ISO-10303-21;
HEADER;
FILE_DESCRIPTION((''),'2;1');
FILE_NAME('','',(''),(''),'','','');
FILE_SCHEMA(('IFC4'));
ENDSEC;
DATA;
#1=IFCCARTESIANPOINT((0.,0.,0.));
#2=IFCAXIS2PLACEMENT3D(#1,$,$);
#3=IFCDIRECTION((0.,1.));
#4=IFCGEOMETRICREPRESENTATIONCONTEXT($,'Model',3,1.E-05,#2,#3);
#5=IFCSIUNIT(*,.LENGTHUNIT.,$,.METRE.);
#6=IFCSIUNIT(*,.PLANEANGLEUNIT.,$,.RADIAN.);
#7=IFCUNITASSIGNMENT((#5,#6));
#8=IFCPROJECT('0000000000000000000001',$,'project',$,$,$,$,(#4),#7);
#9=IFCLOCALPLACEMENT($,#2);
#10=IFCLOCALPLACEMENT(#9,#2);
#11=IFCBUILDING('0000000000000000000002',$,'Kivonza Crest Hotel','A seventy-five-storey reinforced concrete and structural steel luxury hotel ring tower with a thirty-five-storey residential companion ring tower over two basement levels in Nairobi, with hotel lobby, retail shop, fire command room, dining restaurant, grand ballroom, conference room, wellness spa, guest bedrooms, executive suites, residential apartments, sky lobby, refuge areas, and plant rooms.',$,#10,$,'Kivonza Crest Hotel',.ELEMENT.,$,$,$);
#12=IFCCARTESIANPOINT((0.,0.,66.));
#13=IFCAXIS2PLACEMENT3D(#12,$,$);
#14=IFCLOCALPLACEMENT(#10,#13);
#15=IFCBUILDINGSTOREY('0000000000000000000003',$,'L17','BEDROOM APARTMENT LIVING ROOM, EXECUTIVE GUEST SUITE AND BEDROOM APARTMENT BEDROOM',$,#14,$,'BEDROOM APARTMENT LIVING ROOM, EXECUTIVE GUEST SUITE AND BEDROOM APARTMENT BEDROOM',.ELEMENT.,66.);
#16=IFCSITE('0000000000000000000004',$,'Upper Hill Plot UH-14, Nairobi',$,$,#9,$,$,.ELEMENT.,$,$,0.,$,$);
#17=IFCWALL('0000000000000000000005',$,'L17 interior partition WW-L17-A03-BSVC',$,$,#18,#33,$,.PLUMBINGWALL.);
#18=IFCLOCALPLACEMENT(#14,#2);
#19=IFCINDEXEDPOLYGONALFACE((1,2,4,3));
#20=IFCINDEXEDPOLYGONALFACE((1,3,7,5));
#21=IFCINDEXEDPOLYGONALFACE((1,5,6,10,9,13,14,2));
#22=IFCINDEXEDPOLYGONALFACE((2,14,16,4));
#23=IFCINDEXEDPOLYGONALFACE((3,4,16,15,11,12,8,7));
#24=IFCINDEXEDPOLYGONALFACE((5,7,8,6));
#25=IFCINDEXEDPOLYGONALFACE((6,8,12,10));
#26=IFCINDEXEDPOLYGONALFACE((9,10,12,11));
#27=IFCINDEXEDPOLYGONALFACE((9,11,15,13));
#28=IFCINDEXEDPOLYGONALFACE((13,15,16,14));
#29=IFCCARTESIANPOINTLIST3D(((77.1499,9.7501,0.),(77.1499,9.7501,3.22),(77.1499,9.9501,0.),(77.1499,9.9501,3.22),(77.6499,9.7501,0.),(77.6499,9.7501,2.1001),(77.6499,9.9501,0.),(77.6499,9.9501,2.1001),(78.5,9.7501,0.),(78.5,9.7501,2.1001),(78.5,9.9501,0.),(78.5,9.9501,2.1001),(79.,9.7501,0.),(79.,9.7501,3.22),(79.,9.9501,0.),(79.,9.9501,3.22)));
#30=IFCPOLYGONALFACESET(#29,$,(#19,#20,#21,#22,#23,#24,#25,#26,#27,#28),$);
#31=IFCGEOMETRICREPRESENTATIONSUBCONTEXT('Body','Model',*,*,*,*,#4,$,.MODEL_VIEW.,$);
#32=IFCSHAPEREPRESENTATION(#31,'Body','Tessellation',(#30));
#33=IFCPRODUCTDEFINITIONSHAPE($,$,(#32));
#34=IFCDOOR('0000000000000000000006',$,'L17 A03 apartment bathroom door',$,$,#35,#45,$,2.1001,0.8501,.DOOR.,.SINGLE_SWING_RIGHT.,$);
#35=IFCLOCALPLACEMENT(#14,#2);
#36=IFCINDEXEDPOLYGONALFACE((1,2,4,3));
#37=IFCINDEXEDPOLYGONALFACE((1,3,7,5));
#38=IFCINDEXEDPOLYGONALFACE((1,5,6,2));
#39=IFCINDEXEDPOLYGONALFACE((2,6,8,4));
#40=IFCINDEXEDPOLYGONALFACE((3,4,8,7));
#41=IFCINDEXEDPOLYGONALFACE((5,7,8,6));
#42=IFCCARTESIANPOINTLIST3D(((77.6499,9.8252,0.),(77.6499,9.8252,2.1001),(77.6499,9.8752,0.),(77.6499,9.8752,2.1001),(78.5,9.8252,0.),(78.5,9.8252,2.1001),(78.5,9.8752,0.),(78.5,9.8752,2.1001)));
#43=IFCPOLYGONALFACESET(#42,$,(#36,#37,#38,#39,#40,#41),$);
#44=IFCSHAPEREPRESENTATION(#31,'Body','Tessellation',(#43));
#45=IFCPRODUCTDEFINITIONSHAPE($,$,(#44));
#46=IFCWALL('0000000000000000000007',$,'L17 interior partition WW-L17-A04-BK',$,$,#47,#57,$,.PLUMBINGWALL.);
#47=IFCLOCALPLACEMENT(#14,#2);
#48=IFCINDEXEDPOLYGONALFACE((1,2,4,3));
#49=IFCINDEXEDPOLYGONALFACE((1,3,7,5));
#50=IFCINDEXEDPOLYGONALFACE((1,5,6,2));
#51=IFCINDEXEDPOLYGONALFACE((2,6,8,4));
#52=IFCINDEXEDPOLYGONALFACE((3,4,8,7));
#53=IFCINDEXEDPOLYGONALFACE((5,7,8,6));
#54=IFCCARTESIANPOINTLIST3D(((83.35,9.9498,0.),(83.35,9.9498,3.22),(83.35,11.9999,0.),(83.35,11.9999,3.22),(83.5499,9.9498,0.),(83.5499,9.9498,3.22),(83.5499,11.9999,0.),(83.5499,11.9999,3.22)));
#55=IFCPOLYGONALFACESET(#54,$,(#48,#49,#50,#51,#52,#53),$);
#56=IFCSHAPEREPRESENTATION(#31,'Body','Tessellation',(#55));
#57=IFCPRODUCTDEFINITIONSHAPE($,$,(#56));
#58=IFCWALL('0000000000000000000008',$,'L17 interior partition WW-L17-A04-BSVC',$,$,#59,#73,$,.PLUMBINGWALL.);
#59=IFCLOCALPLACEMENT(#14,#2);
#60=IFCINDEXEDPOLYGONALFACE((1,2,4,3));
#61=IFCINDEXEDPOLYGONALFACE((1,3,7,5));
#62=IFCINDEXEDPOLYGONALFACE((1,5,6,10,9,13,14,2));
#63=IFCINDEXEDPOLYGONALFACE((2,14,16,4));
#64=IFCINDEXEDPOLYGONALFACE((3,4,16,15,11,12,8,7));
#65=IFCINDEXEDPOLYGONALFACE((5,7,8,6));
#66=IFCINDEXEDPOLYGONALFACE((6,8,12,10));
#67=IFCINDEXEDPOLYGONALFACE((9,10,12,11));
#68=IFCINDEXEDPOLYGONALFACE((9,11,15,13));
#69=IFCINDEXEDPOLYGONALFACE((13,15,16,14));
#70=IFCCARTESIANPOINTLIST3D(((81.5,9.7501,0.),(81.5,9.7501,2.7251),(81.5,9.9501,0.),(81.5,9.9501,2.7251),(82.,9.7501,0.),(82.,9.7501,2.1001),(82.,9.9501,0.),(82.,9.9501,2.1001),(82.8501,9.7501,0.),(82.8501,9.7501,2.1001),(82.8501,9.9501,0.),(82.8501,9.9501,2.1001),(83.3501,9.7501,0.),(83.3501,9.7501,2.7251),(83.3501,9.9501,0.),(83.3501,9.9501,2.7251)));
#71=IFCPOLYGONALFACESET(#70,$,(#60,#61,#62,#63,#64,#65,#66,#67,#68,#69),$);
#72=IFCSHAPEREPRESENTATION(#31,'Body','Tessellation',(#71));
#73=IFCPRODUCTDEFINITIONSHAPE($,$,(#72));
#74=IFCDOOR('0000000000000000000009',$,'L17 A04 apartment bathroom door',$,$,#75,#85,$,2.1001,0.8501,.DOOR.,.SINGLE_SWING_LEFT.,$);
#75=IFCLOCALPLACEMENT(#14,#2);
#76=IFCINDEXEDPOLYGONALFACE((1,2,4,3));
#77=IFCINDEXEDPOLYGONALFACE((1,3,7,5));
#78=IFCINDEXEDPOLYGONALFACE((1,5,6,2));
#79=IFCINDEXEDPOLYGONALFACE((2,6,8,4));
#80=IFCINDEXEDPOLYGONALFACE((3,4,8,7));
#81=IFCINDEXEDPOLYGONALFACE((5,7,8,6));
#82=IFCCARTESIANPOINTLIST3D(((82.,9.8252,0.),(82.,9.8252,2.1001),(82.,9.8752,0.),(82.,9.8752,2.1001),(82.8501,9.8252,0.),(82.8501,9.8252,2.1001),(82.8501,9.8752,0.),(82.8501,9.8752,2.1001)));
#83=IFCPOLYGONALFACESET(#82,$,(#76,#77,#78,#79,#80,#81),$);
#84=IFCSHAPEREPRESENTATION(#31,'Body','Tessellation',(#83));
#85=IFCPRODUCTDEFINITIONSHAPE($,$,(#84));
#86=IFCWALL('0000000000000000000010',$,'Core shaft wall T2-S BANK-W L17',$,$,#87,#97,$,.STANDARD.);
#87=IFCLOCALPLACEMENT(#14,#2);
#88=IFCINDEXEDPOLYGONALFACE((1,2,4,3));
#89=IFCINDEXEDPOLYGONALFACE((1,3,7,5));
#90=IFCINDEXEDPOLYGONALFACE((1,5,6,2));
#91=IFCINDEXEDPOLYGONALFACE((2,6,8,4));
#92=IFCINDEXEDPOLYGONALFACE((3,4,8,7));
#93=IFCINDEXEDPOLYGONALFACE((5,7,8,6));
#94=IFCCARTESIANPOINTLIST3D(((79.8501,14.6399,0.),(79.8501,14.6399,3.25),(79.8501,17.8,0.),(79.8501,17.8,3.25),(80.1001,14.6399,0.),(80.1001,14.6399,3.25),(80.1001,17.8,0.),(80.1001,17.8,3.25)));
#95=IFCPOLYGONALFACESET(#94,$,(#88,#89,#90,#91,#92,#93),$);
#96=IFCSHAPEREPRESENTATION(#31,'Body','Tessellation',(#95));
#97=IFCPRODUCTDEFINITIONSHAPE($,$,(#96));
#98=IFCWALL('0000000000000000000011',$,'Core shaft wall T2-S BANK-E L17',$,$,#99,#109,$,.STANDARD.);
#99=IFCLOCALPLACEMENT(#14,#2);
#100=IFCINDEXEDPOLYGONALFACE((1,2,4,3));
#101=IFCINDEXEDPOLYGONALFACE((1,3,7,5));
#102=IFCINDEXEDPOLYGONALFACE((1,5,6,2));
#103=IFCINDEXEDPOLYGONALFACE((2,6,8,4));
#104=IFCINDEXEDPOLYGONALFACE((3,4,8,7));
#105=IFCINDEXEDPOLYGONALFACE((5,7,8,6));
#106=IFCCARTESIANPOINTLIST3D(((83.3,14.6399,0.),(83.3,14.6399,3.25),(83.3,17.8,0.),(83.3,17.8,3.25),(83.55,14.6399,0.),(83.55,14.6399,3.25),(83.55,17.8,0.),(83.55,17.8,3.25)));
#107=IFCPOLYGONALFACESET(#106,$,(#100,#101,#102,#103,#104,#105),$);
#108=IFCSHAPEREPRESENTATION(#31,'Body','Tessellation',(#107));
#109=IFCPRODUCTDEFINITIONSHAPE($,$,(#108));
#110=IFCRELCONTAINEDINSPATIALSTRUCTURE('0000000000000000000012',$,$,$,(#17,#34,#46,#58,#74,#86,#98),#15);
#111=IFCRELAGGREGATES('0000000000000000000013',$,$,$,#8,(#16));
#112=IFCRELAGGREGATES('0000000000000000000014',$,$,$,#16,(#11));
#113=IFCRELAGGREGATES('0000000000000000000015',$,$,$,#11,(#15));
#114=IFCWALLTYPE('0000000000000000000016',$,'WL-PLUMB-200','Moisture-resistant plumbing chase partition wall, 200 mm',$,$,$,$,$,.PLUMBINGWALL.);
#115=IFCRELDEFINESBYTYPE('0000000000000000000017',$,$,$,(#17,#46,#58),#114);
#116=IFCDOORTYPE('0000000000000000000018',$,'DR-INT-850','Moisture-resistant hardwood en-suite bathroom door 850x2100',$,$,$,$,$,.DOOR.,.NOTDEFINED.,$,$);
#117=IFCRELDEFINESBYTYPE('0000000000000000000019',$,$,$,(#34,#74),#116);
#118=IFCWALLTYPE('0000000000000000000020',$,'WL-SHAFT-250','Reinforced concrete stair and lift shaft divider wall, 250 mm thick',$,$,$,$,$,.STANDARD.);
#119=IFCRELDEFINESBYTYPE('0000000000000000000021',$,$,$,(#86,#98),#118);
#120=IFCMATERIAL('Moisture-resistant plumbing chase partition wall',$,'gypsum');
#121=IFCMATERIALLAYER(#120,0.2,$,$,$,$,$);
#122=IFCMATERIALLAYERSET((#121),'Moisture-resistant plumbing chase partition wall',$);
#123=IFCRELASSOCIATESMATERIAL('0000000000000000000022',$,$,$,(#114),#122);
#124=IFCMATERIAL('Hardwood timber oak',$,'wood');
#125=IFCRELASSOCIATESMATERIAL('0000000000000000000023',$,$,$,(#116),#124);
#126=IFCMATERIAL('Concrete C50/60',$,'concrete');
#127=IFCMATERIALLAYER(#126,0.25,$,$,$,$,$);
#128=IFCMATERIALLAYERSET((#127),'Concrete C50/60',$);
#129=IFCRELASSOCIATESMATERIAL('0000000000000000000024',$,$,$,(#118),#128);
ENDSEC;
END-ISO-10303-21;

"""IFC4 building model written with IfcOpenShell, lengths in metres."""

from ifc_helpers import new_model, si_unit, direction, frame, frame_2d, origin, place, context, subcontext, project, spatial, rectangle, extrude, material, layer, layer_set, type_object, element, fill, save


model = new_model("IFC4")

# Units and contexts
model_context = context("Model", 3, precision=1e-05, world=origin(), true_north=direction((0.0, 1.0)))
body_context = subcontext(model_context, "Body", "Model", "MODEL_VIEW")
ifc_project = project(units=[si_unit("LENGTHUNIT", "METRE"), si_unit("PLANEANGLEUNIT", "RADIAN")], contexts=[model_context])

# Site, building, storey
site_placement = place(None, origin())
site = spatial("IfcSite", under=ifc_project, at=site_placement, Name="Upper Hill Plot UH-14, Nairobi", CompositionType="ELEMENT", RefElevation=0.0)
building_placement = place(site_placement, origin())
building = spatial("IfcBuilding", under=site, at=building_placement, Name="Kivonza Crest Hotel", Description="A seventy-five-storey reinforced concrete and structural steel luxury hotel ring tower with a thirty-five-storey residential companion ring tower over two basement levels in Nairobi, with hotel lobby, retail shop, fire command room, dining restaurant, grand ballroom, conference room, wellness spa, guest bedrooms, executive suites, residential apartments, sky lobby, refuge areas, and plant rooms.", LongName="Kivonza Crest Hotel", CompositionType="ELEMENT")
storey_placement = place(building_placement, frame((0.0, 0.0, 66.0)))
storey = spatial("IfcBuildingStorey", under=building, at=storey_placement, Name="L17", Description="BEDROOM APARTMENT LIVING ROOM, EXECUTIVE GUEST SUITE AND BEDROOM APARTMENT BEDROOM", LongName="BEDROOM APARTMENT LIVING ROOM, EXECUTIVE GUEST SUITE AND BEDROOM APARTMENT BEDROOM", CompositionType="ELEMENT", Elevation=66.0)

# Shared definitions
ifc_material_1 = material(Name="Hardwood timber oak", Category="wood")

# Shared definitions
ifc_material_2 = material(Name="Moisture-resistant plumbing chase partition wall", Category="gypsum")
ifc_layer_1 = layer(ifc_material_2, 0.2)
ifc_layer_set_1 = layer_set([ifc_layer_1], Name="Moisture-resistant plumbing chase partition wall")
wall_type_1 = type_object("IfcWallType", Name="WL-PLUMB-200", Description="Moisture-resistant plumbing chase partition wall, 200 mm", PredefinedType="PLUMBINGWALL", material=ifc_layer_set_1)

# Wall, opening, door
wall_1_placement = place(storey_placement, frame((77.1499, 9.8501, 0.0), z_axis=(0.0, 0.0, 1.0), x_axis=(1.0, 0.0, 0.0)))
wall_1 = element("IfcWall", 1, at=wall_1_placement, inside=storey, type_object=wall_type_1, Name="L17 interior partition WW-L17-A03-BSVC", PredefinedType="PLUMBINGWALL", context=body_context, shape_type="SweptSolid", body=[
    extrude(rectangle(XDim=1.8501, YDim=0.2, at=frame_2d((0.925, 0.0))), origin(), (0.0, 0.0, 1.0), 3.22),
])
opening_1_placement = place(wall_1_placement, frame((0.5, 0.0, 0.0)))
opening_1 = element("IfcOpeningElement", 2, at=opening_1_placement, cuts=wall_1, PredefinedType="OPENING", context=body_context, shape_type="SweptSolid", body=[
    extrude(rectangle(XDim=0.8501, YDim=2.1001, at=frame_2d((0.425, 1.05))), frame((0.0, 0.1099, 0.0), z_axis=(0.0, -1.0, 0.0), x_axis=(1.0, 0.0, 0.0)), (0.0, 0.0, 1.0), 0.22),
])
door_type_1 = type_object("IfcDoorType", Name="DR-INT-850", Description="Moisture-resistant hardwood en-suite bathroom door 850x2100", OperationType="NOTDEFINED", PredefinedType="DOOR", material=ifc_material_1)
door_1_placement = place(opening_1_placement, frame((0.8501, 0.0, 0.0), z_axis=(0.0, 0.0, 1.0), x_axis=(-1.0, 0.0, 0.0)))
door_1 = element("IfcDoor", 3, at=door_1_placement, inside=storey, type_object=door_type_1, Name="L17 A03 apartment bathroom door", OperationType="SINGLE_SWING_RIGHT", OverallHeight=2.1001, OverallWidth=0.8501, PredefinedType="DOOR", context=body_context, shape_type="SweptSolid", body=[
    extrude(rectangle(XDim=0.8501, YDim=2.1001, at=frame_2d((0.425, 1.05))), frame((0.0, 0.0249, 0.0), z_axis=(0.0, -1.0, 0.0), x_axis=(1.0, 0.0, 0.0)), (0.0, 0.0, 1.0), 0.05),
])
fill(opening_1, door_1)

# Wall
wall_2_placement = place(storey_placement, frame((83.45, 9.95, 0.0), z_axis=(0.0, 0.0, 1.0), x_axis=(0.0, 1.0, 0.0)))
element("IfcWall", 4, at=wall_2_placement, inside=storey, type_object=wall_type_1, Name="L17 interior partition WW-L17-A04-BK", PredefinedType="PLUMBINGWALL", context=body_context, shape_type="SweptSolid", body=[
    extrude(rectangle(XDim=2.05, YDim=0.2, at=frame_2d((1.0249, 0.0))), origin(), (0.0, 0.0, 1.0), 3.22),
])

# Wall, opening, door
wall_3_placement = place(storey_placement, frame((81.5, 9.8501, 0.0), z_axis=(0.0, 0.0, 1.0), x_axis=(1.0, 0.0, 0.0)))
wall_3 = element("IfcWall", 5, at=wall_3_placement, inside=storey, type_object=wall_type_1, Name="L17 interior partition WW-L17-A04-BSVC", PredefinedType="PLUMBINGWALL", context=body_context, shape_type="SweptSolid", body=[
    extrude(rectangle(XDim=1.8501, YDim=0.2, at=frame_2d((0.925, 0.0))), origin(), (0.0, 0.0, 1.0), 2.7251),
])
opening_2_placement = place(wall_3_placement, frame((0.5, 0.0, 0.0)))
opening_2 = element("IfcOpeningElement", 6, at=opening_2_placement, cuts=wall_3, PredefinedType="OPENING", context=body_context, shape_type="SweptSolid", body=[
    extrude(rectangle(XDim=0.8501, YDim=2.1001, at=frame_2d((0.425, 1.05))), frame((0.0, 0.1099, 0.0), z_axis=(0.0, -1.0, 0.0), x_axis=(1.0, 0.0, 0.0)), (0.0, 0.0, 1.0), 0.22),
])
door_2_placement = place(opening_2_placement, frame((0.8501, 0.0, 0.0), z_axis=(0.0, 0.0, 1.0), x_axis=(-1.0, 0.0, 0.0)))
door_2 = element("IfcDoor", 7, at=door_2_placement, inside=storey, type_object=door_type_1, Name="L17 A04 apartment bathroom door", OperationType="SINGLE_SWING_LEFT", OverallHeight=2.1001, OverallWidth=0.8501, PredefinedType="DOOR", context=body_context, shape_type="SweptSolid", body=[
    extrude(rectangle(XDim=0.8501, YDim=2.1001, at=frame_2d((0.425, 1.05))), frame((0.0, 0.0249, 0.0), z_axis=(0.0, -1.0, 0.0), x_axis=(1.0, 0.0, 0.0)), (0.0, 0.0, 1.0), 0.05),
])
fill(opening_2, door_2)
ifc_material_3 = material(Name="Concrete C50/60", Category="concrete")
ifc_layer_2 = layer(ifc_material_3, 0.25)
ifc_layer_set_2 = layer_set([ifc_layer_2], Name="Concrete C50/60")
wall_type_2 = type_object("IfcWallType", Name="WL-SHAFT-250", Description="Reinforced concrete stair and lift shaft divider wall, 250 mm thick", PredefinedType="STANDARD", material=ifc_layer_set_2)

# Walls
for number, where, z_axis, x_axis, name in (
    (8, (79.9751, 14.6399, 0.0), (0.0, 0.0, 1.0), (0.0, 1.0, 0.0), "Core shaft wall T2-S BANK-W L17"),
    (9, (83.425, 14.6399, 0.0), (0.0, 0.0, 1.0), (0.0, 1.0, 0.0), "Core shaft wall T2-S BANK-E L17"),
):
    element("IfcWall", number, at=place(storey_placement, frame(where, z_axis=z_axis, x_axis=x_axis)), inside=storey, type_object=wall_type_2, Name=name, PredefinedType="STANDARD", context=body_context, shape_type="SweptSolid", body=[
        extrude(rectangle(XDim=3.1602, YDim=0.25, at=frame_2d((1.5801, 0.0))), origin(), (0.0, 0.0, 1.0), 3.25),
    ])

save(model, "model.ifc")
